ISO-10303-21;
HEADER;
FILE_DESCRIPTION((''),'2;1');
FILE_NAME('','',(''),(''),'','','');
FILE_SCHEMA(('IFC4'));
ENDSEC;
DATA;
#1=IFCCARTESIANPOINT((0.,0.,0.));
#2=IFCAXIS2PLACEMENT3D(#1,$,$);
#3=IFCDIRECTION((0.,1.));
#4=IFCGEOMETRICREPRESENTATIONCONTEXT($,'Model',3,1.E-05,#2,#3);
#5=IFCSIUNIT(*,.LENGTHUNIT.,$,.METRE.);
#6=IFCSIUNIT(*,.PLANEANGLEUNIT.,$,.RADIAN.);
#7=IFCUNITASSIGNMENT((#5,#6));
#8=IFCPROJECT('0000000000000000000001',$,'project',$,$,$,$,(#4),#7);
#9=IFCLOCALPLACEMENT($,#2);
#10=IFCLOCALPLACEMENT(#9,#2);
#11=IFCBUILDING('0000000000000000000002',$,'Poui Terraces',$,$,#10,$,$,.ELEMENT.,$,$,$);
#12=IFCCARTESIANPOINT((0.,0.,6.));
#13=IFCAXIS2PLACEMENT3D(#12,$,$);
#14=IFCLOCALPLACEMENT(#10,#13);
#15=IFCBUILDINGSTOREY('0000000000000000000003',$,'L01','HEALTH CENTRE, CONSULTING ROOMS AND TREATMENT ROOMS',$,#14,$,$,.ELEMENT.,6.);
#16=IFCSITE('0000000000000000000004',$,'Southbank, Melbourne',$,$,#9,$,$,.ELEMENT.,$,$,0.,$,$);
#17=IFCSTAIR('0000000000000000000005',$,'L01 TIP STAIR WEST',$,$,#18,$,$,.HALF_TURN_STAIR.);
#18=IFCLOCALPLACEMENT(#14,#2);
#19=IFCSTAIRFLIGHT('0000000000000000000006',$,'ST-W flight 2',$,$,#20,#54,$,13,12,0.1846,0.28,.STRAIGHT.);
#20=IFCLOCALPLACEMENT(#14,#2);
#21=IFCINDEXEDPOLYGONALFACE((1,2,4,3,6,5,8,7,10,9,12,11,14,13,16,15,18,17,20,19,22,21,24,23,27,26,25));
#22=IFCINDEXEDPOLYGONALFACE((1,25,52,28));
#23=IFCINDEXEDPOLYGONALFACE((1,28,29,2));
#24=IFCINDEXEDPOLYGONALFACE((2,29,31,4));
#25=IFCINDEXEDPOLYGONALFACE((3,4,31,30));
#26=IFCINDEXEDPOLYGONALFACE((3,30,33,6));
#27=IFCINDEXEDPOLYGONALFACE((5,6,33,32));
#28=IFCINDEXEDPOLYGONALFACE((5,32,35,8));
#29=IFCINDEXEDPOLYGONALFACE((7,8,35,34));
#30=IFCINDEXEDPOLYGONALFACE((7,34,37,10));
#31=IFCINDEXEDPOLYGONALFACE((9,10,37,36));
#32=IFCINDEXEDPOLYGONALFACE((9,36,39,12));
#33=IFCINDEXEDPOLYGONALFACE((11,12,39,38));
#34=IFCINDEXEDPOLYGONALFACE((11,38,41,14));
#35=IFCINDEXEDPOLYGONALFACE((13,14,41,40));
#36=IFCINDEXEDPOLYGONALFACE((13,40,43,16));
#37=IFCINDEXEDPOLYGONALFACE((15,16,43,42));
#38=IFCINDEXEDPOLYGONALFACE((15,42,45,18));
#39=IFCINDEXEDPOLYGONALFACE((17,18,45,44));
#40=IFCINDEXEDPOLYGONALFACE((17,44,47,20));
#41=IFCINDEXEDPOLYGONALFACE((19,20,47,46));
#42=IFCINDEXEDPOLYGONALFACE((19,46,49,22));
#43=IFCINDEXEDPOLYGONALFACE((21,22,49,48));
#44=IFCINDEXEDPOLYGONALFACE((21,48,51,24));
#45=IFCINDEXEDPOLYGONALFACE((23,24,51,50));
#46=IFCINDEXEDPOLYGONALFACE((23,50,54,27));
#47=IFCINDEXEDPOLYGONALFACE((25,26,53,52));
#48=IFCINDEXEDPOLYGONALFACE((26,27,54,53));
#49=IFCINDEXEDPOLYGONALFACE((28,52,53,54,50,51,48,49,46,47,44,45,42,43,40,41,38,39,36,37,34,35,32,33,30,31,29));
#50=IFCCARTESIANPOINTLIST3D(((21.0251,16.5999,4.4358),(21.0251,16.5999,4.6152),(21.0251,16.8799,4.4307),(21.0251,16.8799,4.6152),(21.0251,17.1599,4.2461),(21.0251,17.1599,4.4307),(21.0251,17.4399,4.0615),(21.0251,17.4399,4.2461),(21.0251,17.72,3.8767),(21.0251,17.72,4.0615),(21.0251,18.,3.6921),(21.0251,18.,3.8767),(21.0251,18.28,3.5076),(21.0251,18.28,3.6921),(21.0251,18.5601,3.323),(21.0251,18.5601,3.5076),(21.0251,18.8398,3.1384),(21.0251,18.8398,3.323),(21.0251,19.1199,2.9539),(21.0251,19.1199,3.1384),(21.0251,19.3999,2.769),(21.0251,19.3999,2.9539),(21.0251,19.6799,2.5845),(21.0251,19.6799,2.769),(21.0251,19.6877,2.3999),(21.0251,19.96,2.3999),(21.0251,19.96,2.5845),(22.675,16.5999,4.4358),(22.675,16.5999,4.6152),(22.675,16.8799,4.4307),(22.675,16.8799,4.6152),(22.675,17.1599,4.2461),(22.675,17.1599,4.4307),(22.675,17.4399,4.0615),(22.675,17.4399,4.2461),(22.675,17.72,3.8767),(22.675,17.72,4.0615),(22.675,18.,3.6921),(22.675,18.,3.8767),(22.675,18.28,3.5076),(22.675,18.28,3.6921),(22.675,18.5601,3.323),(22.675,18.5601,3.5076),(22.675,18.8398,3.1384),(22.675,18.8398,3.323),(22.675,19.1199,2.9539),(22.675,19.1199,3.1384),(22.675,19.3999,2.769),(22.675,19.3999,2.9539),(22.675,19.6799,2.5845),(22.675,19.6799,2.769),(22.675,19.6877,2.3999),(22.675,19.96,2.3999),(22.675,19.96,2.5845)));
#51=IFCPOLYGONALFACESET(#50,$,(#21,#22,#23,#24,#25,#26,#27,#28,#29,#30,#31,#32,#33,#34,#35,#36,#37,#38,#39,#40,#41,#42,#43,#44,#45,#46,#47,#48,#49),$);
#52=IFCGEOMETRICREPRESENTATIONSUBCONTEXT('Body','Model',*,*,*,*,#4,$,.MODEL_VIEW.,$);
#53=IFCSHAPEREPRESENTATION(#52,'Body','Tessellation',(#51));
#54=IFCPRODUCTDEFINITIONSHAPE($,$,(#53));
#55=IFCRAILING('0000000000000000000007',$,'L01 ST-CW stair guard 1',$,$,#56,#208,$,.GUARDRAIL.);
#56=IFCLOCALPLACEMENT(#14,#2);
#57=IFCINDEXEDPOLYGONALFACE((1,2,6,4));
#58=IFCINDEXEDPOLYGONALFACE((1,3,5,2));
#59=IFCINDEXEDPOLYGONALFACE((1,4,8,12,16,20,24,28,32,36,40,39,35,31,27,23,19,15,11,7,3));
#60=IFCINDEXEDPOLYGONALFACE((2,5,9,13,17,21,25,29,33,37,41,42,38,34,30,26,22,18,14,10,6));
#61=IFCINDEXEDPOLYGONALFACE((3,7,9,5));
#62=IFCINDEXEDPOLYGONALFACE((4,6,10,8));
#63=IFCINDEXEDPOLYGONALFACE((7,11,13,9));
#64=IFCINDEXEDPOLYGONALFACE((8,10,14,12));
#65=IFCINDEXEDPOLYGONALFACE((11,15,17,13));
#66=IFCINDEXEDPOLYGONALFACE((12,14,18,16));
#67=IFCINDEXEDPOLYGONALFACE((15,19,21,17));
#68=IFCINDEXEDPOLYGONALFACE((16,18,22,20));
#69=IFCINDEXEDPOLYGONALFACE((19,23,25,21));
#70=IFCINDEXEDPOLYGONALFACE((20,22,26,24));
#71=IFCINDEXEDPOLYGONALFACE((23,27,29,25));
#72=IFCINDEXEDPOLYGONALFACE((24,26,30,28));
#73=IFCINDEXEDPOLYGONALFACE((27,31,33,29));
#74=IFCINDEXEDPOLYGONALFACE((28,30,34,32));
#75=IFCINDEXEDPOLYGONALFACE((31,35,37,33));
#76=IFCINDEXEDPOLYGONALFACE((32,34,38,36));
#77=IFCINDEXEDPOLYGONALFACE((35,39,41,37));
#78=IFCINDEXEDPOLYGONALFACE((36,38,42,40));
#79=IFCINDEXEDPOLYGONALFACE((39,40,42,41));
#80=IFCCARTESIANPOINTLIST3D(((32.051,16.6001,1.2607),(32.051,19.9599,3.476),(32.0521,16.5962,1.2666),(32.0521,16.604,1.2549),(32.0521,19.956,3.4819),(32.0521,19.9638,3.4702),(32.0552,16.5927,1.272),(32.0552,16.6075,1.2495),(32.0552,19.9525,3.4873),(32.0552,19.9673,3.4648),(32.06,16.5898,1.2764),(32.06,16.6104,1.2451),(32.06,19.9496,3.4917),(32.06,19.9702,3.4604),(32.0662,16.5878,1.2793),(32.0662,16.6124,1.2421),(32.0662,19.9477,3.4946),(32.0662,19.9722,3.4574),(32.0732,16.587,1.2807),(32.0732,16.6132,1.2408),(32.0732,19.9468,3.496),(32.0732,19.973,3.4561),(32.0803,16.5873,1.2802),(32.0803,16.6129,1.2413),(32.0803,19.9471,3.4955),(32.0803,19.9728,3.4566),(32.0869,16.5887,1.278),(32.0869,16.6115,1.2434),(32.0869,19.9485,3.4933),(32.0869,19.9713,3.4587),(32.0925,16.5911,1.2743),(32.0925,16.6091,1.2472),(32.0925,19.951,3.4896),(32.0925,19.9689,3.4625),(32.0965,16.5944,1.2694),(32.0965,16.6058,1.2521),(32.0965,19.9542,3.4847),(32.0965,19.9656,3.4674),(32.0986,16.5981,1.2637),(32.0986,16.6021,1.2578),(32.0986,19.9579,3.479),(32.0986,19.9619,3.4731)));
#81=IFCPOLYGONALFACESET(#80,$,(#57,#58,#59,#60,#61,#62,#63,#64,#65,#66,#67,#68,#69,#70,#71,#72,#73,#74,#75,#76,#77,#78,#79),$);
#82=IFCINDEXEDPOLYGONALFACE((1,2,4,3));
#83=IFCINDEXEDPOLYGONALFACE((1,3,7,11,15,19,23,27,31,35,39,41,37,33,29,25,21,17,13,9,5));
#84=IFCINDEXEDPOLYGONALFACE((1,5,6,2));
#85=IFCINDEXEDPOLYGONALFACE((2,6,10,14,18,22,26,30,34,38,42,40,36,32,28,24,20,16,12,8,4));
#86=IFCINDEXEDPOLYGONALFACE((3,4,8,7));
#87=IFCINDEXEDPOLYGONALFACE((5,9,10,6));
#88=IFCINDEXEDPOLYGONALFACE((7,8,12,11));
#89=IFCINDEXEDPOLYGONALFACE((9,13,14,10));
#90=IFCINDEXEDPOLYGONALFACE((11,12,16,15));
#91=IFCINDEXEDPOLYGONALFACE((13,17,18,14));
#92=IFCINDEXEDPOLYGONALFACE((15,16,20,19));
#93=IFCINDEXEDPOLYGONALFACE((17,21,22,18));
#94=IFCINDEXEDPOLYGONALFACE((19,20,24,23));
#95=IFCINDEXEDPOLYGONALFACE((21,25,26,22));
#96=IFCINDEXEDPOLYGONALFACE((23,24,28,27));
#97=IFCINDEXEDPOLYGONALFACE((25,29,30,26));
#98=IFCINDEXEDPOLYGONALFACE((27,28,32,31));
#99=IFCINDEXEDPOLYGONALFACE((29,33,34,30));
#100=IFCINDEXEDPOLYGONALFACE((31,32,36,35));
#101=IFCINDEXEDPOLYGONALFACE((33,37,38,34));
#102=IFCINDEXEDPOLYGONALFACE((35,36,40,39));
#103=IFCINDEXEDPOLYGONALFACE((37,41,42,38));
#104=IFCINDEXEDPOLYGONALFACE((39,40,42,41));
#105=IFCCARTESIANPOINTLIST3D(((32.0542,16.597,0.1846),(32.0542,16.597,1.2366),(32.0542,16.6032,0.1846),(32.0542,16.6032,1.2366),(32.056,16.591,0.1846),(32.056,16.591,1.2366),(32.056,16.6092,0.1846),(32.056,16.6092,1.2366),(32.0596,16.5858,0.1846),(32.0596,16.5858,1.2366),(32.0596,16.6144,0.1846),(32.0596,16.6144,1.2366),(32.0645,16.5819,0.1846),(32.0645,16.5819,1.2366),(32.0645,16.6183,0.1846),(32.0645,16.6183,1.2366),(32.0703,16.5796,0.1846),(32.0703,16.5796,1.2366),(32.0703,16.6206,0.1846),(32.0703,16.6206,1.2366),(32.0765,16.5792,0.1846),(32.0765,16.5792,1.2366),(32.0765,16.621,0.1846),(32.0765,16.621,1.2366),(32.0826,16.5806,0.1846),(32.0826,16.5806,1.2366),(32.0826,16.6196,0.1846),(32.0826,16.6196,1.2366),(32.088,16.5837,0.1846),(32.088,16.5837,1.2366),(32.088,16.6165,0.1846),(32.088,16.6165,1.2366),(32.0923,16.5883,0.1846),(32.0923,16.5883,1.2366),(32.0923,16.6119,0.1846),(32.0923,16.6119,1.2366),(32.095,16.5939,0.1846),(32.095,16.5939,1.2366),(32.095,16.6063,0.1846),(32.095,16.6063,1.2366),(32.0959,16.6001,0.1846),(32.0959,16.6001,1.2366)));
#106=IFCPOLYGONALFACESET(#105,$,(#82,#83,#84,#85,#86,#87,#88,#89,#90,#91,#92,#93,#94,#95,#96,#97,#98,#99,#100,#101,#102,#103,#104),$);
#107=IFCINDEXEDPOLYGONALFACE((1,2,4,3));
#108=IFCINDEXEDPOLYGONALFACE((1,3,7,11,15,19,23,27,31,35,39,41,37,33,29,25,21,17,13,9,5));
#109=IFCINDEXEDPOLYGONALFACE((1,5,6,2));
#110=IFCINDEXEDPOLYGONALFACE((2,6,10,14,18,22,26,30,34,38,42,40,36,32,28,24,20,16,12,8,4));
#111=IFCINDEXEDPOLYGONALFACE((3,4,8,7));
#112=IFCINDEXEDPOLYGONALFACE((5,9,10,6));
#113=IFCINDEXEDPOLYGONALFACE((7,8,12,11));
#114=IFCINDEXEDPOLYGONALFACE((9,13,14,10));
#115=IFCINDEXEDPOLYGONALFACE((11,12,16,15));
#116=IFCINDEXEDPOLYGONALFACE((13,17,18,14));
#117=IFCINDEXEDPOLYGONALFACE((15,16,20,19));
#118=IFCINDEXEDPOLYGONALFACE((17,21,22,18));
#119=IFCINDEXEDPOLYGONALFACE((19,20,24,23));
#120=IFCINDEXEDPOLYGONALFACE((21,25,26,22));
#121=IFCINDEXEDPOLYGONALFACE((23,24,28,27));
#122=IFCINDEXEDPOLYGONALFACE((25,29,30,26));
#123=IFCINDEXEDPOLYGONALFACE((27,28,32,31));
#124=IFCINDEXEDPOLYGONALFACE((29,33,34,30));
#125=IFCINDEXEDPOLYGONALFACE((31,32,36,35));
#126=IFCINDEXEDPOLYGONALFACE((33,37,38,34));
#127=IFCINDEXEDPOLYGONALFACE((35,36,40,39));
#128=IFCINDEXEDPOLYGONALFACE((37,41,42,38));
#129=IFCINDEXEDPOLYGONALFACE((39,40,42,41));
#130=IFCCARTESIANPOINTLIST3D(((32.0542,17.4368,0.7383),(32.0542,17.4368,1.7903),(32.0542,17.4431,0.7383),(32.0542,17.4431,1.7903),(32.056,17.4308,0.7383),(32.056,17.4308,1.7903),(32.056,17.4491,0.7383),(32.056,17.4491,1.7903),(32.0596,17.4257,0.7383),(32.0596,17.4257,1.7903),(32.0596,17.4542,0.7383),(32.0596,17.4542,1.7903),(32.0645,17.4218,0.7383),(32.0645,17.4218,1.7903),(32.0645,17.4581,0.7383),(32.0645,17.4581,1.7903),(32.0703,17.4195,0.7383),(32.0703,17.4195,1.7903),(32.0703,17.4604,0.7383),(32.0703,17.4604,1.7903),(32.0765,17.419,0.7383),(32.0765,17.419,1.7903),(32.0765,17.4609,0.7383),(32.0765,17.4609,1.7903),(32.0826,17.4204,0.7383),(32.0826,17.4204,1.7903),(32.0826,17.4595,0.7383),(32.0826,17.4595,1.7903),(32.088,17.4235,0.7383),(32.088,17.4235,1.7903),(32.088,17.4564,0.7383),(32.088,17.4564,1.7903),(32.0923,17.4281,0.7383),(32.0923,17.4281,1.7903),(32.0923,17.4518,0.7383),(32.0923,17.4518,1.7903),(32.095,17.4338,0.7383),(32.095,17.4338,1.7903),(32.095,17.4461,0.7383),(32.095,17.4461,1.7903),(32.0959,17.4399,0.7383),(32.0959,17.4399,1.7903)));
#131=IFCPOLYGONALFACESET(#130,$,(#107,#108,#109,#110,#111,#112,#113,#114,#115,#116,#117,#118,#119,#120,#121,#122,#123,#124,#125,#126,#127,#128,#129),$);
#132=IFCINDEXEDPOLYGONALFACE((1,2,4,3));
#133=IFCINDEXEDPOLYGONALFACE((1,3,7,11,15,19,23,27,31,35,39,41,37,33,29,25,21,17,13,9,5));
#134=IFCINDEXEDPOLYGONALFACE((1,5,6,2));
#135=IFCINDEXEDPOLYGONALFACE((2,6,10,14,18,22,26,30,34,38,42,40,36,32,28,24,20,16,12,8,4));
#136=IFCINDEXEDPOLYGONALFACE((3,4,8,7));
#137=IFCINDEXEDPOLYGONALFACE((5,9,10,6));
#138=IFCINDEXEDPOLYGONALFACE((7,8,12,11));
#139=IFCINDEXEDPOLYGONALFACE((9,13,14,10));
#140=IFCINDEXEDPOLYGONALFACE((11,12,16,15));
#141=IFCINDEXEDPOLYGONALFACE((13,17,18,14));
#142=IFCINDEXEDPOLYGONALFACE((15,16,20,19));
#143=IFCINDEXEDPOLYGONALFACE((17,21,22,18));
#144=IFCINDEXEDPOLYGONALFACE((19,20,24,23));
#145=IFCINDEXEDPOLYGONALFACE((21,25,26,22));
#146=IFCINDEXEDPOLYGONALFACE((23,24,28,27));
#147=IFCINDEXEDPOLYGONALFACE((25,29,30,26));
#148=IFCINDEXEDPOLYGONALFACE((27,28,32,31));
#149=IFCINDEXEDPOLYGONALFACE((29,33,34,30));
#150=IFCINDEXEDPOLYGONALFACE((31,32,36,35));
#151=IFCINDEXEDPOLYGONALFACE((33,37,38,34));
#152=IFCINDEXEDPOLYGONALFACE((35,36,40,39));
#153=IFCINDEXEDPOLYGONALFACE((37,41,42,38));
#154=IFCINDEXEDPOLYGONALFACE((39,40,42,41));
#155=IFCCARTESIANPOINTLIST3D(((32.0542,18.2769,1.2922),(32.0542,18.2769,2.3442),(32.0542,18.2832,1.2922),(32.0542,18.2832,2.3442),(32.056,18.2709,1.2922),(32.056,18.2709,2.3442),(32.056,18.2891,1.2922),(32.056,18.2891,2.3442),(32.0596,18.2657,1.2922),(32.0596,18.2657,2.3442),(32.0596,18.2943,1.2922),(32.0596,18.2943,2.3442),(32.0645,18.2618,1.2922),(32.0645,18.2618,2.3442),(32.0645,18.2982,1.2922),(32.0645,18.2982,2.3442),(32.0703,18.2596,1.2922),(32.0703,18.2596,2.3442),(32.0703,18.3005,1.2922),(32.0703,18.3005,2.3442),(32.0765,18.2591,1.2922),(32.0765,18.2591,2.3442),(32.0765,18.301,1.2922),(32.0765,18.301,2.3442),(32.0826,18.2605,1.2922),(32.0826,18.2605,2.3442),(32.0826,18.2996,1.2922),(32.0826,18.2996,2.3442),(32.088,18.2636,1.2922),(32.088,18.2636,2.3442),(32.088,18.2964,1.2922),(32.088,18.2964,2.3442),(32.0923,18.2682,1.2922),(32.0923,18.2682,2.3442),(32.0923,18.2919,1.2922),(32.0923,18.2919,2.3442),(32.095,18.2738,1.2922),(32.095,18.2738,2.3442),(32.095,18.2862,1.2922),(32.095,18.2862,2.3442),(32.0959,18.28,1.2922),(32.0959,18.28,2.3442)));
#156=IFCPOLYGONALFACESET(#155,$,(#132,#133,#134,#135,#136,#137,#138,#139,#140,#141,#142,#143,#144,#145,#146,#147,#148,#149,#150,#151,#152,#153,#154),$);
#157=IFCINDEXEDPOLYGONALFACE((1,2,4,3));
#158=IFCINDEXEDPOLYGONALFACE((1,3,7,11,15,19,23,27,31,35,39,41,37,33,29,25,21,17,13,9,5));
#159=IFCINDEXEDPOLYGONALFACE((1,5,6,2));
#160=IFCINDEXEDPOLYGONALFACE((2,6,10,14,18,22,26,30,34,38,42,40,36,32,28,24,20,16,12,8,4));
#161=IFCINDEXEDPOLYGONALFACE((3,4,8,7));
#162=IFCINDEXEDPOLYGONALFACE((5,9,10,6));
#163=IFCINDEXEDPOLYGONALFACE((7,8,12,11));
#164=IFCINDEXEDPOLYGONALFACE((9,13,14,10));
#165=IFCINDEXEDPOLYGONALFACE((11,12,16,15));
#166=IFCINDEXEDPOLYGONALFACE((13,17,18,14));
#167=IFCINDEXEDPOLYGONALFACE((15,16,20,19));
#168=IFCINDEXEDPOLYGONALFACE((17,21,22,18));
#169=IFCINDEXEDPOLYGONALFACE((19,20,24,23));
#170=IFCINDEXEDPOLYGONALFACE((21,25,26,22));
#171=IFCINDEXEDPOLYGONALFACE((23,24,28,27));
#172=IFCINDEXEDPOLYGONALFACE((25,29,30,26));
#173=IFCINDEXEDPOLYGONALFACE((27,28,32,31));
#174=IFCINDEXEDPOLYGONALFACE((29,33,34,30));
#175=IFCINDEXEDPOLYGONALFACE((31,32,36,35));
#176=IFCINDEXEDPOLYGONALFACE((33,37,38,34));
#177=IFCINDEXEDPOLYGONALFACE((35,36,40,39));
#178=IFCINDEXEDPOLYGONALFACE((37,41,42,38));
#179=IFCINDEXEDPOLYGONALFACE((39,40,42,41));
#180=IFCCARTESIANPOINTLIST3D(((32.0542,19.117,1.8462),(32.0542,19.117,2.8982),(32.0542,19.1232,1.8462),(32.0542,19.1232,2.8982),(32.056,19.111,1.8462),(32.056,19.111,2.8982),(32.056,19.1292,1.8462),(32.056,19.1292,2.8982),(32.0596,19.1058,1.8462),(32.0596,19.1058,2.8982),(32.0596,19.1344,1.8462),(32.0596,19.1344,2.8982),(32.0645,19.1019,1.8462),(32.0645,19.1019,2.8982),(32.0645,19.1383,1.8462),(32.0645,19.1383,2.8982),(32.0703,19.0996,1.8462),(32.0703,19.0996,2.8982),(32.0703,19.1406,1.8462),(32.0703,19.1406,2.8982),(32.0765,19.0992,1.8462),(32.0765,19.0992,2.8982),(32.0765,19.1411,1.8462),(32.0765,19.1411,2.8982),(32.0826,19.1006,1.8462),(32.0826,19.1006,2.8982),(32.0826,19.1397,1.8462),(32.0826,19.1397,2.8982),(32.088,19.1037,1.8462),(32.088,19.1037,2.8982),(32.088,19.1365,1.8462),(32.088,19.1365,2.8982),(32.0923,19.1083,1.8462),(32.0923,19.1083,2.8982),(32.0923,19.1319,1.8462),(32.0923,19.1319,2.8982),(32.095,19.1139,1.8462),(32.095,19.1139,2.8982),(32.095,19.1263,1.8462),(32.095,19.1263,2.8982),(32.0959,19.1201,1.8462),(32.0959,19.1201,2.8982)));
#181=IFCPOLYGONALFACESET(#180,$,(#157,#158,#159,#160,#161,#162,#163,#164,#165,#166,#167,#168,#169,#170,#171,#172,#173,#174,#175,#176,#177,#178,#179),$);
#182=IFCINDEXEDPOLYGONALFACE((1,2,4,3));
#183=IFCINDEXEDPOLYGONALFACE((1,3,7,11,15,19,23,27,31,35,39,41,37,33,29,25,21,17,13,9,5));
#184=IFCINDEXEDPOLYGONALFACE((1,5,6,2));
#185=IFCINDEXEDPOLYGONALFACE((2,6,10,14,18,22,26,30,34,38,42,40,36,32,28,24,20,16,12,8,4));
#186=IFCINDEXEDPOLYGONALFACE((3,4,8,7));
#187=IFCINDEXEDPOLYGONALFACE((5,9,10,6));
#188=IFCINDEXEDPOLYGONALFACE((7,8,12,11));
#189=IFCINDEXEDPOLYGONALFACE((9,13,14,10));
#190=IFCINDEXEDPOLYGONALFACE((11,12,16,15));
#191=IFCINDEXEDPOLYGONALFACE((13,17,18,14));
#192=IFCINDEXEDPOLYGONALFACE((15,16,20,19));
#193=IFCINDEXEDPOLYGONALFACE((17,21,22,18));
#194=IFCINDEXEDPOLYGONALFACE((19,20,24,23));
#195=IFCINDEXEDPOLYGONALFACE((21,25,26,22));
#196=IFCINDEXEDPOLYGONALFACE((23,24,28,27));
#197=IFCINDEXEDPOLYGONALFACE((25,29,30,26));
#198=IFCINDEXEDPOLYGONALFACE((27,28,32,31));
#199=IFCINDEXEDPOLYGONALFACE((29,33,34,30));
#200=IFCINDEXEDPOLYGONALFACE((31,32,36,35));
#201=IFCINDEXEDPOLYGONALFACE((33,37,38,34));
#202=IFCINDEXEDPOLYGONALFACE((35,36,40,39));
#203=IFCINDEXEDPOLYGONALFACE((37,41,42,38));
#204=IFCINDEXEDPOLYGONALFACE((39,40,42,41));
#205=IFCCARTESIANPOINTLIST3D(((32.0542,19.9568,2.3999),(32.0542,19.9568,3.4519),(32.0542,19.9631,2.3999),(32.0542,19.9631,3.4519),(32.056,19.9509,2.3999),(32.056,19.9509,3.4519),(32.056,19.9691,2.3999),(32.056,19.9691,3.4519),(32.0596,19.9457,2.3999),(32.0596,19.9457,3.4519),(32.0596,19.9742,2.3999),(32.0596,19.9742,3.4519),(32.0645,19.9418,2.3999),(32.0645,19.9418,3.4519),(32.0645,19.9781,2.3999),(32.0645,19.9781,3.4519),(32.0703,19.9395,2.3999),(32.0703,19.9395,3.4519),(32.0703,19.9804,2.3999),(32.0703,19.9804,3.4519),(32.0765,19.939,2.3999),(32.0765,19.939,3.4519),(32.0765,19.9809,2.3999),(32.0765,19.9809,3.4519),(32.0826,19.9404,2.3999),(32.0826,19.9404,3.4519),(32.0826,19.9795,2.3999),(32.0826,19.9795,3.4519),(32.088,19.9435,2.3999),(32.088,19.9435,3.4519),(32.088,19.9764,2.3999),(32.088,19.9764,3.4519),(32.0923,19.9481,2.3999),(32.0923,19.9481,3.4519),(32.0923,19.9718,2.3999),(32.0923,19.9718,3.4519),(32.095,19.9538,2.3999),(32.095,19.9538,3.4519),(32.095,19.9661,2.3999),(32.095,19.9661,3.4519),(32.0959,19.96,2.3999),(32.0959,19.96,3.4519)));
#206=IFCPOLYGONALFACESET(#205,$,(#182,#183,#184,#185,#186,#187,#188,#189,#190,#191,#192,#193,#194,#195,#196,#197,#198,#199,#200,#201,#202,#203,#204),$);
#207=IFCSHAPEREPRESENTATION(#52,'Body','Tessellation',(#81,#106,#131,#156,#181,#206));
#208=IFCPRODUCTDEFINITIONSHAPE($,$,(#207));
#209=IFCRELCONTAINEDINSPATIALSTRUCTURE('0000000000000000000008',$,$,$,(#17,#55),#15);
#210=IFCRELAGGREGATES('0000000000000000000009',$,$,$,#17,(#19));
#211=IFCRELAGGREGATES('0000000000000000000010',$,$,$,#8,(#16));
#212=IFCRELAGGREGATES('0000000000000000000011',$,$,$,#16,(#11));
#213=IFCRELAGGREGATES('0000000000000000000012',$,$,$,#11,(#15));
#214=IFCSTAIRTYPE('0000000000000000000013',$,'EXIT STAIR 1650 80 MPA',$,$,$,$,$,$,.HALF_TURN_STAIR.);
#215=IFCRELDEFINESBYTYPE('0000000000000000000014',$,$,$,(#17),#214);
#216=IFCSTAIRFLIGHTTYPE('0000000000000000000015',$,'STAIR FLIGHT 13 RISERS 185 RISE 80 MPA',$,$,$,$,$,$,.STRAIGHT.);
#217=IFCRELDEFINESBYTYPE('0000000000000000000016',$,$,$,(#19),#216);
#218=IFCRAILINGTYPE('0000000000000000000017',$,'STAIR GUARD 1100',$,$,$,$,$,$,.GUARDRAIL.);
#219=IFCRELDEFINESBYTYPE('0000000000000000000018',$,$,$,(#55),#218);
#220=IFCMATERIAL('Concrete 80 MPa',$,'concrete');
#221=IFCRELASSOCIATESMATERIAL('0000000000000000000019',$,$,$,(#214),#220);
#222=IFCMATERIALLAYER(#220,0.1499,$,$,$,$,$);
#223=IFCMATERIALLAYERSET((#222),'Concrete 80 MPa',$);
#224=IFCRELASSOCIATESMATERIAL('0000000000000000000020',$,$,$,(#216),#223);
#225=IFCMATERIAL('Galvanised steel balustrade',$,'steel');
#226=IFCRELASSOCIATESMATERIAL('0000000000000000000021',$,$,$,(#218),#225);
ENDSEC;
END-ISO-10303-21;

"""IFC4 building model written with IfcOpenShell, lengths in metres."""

from ifc_helpers import new_model, si_unit, direction, frame, origin, origin_2d, place, context, subcontext, project, spatial, polyline, circle, outline, extrude, material, layer, layer_set, type_object, element, aggregate, save


model = new_model("IFC4")

# Units and contexts
model_context = context("Model", 3, precision=1e-05, world=origin(), true_north=direction((0.0, 1.0)))
body_context = subcontext(model_context, "Body", "Model", "MODEL_VIEW")
ifc_project = project(units=[si_unit("LENGTHUNIT", "METRE"), si_unit("PLANEANGLEUNIT", "RADIAN")], contexts=[model_context])

# Site, building, storey
site_placement = place(None, origin())
site = spatial("IfcSite", under=ifc_project, at=site_placement, Name="Southbank, Melbourne", CompositionType="ELEMENT", RefElevation=0.0)
building_placement = place(site_placement, origin())
building = spatial("IfcBuilding", under=site, at=building_placement, Name="Poui Terraces", CompositionType="ELEMENT")
storey_placement = place(building_placement, frame((0.0, 0.0, 6.0)))
storey = spatial("IfcBuildingStorey", under=building, at=storey_placement, Name="L01", Description="HEALTH CENTRE, CONSULTING ROOMS AND TREATMENT ROOMS", CompositionType="ELEMENT", Elevation=6.0)

# Shared definitions
ifc_material_1 = material(Name="Concrete 80 MPa", Category="concrete")

# Stair, stair flight
stair_type = type_object("IfcStairType", Name="EXIT STAIR 1650 80 MPA", PredefinedType="HALF_TURN_STAIR", material=ifc_material_1)
ifc_layer_1 = layer(ifc_material_1, 0.1499)
ifc_layer_set_1 = layer_set([ifc_layer_1], Name="Concrete 80 MPa")
stair_flight_type = type_object("IfcStairFlightType", Name="STAIR FLIGHT 13 RISERS 185 RISE 80 MPA", PredefinedType="STRAIGHT", material=ifc_layer_set_1)
stair_1_placement = place(storey_placement, origin())
stair_1 = element("IfcStair", 1, at=stair_1_placement, inside=storey, type_object=stair_type, Name="L01 TIP STAIR WEST", PredefinedType="HALF_TURN_STAIR")
stair_flight_1_placement = place(storey_placement, frame((21.8501, 19.96, 2.3999), z_axis=(0.0, 0.0, 1.0), x_axis=(0.0, -1.0, 0.0)))
stair_flight_1 = element("IfcStairFlight", 2, at=stair_flight_1_placement, type_object=stair_flight_type, Name="ST-W flight 2", NumberOfRisers=13, NumberOfTreads=12, PredefinedType="STRAIGHT", RiserHeight=0.1846, TreadLength=0.28, context=body_context, shape_type="SweptSolid", body=[
    extrude(outline(polyline([(0.0, 0.0), (0.0, 0.1846), (0.28, 0.1846), (0.28, 0.3691), (0.5601, 0.3691), (0.5601, 0.554), (0.8401, 0.554), (0.8401, 0.7385), (1.1201, 0.7385), (1.1201, 0.9231), (1.3999, 0.9231), (1.3999, 1.1077), (1.6799, 1.1077), (1.6799, 1.2922), (1.96, 1.2922), (1.96, 1.4768), (2.24, 1.4768), (2.24, 1.6616), (2.52, 1.6616), (2.52, 1.8462), (2.8, 1.8462), (2.8, 2.0308), (3.0801, 2.0308), (3.0801, 2.2153), (3.3601, 2.2153), (3.3601, 2.3999), (3.3601, 2.0359), (0.2722, 0.0), (0.0, 0.0)])), frame((0.0, 0.825, 0.0), z_axis=(0.0, -1.0, 0.0), x_axis=(1.0, 0.0, 0.0)), (0.0, 0.0, 1.0), 1.6499),
])
aggregate(stair_1, [stair_flight_1])

# Railing
ifc_material_2 = material(Name="Galvanised steel balustrade", Category="steel")
railing_type_1 = type_object("IfcRailingType", Name="STAIR GUARD 1100", PredefinedType="GUARDRAIL", material=ifc_material_2)
railing_1_placement = place(storey_placement, frame((32.075, 16.6001, 0.1846)))
element("IfcRailing", 3, at=railing_1_placement, inside=storey, type_object=railing_type_1, Name="L01 ST-CW stair guard 1", PredefinedType="GUARDRAIL", context=body_context, shape_type="SweptSolid", body=[
    extrude(circle(Radius=0.0239, at=origin_2d()), frame((0.0, 0.0, 1.0762), z_axis=(0.0, 0.834858, 0.550465), x_axis=(-1.0, 0.0, 0.0)), (0.0, 0.0, 1.0), 4.0244),
    extrude(circle(Radius=0.021, at=origin_2d()), origin(), (0.0, 0.0, 1.0), 1.052),
    extrude(circle(Radius=0.021, at=origin_2d()), frame((0.0, 0.8398, 0.5537)), (0.0, 0.0, 1.0), 1.052),
    extrude(circle(Radius=0.021, at=origin_2d()), frame((0.0, 1.6799, 1.1077)), (0.0, 0.0, 1.0), 1.052),
    extrude(circle(Radius=0.021, at=origin_2d()), frame((0.0, 2.52, 1.6616)), (0.0, 0.0, 1.0), 1.052),
    extrude(circle(Radius=0.021, at=origin_2d()), frame((0.0, 3.3599, 2.2153)), (0.0, 0.0, 1.0), 1.052),
])

save(model, "model.ifc")
